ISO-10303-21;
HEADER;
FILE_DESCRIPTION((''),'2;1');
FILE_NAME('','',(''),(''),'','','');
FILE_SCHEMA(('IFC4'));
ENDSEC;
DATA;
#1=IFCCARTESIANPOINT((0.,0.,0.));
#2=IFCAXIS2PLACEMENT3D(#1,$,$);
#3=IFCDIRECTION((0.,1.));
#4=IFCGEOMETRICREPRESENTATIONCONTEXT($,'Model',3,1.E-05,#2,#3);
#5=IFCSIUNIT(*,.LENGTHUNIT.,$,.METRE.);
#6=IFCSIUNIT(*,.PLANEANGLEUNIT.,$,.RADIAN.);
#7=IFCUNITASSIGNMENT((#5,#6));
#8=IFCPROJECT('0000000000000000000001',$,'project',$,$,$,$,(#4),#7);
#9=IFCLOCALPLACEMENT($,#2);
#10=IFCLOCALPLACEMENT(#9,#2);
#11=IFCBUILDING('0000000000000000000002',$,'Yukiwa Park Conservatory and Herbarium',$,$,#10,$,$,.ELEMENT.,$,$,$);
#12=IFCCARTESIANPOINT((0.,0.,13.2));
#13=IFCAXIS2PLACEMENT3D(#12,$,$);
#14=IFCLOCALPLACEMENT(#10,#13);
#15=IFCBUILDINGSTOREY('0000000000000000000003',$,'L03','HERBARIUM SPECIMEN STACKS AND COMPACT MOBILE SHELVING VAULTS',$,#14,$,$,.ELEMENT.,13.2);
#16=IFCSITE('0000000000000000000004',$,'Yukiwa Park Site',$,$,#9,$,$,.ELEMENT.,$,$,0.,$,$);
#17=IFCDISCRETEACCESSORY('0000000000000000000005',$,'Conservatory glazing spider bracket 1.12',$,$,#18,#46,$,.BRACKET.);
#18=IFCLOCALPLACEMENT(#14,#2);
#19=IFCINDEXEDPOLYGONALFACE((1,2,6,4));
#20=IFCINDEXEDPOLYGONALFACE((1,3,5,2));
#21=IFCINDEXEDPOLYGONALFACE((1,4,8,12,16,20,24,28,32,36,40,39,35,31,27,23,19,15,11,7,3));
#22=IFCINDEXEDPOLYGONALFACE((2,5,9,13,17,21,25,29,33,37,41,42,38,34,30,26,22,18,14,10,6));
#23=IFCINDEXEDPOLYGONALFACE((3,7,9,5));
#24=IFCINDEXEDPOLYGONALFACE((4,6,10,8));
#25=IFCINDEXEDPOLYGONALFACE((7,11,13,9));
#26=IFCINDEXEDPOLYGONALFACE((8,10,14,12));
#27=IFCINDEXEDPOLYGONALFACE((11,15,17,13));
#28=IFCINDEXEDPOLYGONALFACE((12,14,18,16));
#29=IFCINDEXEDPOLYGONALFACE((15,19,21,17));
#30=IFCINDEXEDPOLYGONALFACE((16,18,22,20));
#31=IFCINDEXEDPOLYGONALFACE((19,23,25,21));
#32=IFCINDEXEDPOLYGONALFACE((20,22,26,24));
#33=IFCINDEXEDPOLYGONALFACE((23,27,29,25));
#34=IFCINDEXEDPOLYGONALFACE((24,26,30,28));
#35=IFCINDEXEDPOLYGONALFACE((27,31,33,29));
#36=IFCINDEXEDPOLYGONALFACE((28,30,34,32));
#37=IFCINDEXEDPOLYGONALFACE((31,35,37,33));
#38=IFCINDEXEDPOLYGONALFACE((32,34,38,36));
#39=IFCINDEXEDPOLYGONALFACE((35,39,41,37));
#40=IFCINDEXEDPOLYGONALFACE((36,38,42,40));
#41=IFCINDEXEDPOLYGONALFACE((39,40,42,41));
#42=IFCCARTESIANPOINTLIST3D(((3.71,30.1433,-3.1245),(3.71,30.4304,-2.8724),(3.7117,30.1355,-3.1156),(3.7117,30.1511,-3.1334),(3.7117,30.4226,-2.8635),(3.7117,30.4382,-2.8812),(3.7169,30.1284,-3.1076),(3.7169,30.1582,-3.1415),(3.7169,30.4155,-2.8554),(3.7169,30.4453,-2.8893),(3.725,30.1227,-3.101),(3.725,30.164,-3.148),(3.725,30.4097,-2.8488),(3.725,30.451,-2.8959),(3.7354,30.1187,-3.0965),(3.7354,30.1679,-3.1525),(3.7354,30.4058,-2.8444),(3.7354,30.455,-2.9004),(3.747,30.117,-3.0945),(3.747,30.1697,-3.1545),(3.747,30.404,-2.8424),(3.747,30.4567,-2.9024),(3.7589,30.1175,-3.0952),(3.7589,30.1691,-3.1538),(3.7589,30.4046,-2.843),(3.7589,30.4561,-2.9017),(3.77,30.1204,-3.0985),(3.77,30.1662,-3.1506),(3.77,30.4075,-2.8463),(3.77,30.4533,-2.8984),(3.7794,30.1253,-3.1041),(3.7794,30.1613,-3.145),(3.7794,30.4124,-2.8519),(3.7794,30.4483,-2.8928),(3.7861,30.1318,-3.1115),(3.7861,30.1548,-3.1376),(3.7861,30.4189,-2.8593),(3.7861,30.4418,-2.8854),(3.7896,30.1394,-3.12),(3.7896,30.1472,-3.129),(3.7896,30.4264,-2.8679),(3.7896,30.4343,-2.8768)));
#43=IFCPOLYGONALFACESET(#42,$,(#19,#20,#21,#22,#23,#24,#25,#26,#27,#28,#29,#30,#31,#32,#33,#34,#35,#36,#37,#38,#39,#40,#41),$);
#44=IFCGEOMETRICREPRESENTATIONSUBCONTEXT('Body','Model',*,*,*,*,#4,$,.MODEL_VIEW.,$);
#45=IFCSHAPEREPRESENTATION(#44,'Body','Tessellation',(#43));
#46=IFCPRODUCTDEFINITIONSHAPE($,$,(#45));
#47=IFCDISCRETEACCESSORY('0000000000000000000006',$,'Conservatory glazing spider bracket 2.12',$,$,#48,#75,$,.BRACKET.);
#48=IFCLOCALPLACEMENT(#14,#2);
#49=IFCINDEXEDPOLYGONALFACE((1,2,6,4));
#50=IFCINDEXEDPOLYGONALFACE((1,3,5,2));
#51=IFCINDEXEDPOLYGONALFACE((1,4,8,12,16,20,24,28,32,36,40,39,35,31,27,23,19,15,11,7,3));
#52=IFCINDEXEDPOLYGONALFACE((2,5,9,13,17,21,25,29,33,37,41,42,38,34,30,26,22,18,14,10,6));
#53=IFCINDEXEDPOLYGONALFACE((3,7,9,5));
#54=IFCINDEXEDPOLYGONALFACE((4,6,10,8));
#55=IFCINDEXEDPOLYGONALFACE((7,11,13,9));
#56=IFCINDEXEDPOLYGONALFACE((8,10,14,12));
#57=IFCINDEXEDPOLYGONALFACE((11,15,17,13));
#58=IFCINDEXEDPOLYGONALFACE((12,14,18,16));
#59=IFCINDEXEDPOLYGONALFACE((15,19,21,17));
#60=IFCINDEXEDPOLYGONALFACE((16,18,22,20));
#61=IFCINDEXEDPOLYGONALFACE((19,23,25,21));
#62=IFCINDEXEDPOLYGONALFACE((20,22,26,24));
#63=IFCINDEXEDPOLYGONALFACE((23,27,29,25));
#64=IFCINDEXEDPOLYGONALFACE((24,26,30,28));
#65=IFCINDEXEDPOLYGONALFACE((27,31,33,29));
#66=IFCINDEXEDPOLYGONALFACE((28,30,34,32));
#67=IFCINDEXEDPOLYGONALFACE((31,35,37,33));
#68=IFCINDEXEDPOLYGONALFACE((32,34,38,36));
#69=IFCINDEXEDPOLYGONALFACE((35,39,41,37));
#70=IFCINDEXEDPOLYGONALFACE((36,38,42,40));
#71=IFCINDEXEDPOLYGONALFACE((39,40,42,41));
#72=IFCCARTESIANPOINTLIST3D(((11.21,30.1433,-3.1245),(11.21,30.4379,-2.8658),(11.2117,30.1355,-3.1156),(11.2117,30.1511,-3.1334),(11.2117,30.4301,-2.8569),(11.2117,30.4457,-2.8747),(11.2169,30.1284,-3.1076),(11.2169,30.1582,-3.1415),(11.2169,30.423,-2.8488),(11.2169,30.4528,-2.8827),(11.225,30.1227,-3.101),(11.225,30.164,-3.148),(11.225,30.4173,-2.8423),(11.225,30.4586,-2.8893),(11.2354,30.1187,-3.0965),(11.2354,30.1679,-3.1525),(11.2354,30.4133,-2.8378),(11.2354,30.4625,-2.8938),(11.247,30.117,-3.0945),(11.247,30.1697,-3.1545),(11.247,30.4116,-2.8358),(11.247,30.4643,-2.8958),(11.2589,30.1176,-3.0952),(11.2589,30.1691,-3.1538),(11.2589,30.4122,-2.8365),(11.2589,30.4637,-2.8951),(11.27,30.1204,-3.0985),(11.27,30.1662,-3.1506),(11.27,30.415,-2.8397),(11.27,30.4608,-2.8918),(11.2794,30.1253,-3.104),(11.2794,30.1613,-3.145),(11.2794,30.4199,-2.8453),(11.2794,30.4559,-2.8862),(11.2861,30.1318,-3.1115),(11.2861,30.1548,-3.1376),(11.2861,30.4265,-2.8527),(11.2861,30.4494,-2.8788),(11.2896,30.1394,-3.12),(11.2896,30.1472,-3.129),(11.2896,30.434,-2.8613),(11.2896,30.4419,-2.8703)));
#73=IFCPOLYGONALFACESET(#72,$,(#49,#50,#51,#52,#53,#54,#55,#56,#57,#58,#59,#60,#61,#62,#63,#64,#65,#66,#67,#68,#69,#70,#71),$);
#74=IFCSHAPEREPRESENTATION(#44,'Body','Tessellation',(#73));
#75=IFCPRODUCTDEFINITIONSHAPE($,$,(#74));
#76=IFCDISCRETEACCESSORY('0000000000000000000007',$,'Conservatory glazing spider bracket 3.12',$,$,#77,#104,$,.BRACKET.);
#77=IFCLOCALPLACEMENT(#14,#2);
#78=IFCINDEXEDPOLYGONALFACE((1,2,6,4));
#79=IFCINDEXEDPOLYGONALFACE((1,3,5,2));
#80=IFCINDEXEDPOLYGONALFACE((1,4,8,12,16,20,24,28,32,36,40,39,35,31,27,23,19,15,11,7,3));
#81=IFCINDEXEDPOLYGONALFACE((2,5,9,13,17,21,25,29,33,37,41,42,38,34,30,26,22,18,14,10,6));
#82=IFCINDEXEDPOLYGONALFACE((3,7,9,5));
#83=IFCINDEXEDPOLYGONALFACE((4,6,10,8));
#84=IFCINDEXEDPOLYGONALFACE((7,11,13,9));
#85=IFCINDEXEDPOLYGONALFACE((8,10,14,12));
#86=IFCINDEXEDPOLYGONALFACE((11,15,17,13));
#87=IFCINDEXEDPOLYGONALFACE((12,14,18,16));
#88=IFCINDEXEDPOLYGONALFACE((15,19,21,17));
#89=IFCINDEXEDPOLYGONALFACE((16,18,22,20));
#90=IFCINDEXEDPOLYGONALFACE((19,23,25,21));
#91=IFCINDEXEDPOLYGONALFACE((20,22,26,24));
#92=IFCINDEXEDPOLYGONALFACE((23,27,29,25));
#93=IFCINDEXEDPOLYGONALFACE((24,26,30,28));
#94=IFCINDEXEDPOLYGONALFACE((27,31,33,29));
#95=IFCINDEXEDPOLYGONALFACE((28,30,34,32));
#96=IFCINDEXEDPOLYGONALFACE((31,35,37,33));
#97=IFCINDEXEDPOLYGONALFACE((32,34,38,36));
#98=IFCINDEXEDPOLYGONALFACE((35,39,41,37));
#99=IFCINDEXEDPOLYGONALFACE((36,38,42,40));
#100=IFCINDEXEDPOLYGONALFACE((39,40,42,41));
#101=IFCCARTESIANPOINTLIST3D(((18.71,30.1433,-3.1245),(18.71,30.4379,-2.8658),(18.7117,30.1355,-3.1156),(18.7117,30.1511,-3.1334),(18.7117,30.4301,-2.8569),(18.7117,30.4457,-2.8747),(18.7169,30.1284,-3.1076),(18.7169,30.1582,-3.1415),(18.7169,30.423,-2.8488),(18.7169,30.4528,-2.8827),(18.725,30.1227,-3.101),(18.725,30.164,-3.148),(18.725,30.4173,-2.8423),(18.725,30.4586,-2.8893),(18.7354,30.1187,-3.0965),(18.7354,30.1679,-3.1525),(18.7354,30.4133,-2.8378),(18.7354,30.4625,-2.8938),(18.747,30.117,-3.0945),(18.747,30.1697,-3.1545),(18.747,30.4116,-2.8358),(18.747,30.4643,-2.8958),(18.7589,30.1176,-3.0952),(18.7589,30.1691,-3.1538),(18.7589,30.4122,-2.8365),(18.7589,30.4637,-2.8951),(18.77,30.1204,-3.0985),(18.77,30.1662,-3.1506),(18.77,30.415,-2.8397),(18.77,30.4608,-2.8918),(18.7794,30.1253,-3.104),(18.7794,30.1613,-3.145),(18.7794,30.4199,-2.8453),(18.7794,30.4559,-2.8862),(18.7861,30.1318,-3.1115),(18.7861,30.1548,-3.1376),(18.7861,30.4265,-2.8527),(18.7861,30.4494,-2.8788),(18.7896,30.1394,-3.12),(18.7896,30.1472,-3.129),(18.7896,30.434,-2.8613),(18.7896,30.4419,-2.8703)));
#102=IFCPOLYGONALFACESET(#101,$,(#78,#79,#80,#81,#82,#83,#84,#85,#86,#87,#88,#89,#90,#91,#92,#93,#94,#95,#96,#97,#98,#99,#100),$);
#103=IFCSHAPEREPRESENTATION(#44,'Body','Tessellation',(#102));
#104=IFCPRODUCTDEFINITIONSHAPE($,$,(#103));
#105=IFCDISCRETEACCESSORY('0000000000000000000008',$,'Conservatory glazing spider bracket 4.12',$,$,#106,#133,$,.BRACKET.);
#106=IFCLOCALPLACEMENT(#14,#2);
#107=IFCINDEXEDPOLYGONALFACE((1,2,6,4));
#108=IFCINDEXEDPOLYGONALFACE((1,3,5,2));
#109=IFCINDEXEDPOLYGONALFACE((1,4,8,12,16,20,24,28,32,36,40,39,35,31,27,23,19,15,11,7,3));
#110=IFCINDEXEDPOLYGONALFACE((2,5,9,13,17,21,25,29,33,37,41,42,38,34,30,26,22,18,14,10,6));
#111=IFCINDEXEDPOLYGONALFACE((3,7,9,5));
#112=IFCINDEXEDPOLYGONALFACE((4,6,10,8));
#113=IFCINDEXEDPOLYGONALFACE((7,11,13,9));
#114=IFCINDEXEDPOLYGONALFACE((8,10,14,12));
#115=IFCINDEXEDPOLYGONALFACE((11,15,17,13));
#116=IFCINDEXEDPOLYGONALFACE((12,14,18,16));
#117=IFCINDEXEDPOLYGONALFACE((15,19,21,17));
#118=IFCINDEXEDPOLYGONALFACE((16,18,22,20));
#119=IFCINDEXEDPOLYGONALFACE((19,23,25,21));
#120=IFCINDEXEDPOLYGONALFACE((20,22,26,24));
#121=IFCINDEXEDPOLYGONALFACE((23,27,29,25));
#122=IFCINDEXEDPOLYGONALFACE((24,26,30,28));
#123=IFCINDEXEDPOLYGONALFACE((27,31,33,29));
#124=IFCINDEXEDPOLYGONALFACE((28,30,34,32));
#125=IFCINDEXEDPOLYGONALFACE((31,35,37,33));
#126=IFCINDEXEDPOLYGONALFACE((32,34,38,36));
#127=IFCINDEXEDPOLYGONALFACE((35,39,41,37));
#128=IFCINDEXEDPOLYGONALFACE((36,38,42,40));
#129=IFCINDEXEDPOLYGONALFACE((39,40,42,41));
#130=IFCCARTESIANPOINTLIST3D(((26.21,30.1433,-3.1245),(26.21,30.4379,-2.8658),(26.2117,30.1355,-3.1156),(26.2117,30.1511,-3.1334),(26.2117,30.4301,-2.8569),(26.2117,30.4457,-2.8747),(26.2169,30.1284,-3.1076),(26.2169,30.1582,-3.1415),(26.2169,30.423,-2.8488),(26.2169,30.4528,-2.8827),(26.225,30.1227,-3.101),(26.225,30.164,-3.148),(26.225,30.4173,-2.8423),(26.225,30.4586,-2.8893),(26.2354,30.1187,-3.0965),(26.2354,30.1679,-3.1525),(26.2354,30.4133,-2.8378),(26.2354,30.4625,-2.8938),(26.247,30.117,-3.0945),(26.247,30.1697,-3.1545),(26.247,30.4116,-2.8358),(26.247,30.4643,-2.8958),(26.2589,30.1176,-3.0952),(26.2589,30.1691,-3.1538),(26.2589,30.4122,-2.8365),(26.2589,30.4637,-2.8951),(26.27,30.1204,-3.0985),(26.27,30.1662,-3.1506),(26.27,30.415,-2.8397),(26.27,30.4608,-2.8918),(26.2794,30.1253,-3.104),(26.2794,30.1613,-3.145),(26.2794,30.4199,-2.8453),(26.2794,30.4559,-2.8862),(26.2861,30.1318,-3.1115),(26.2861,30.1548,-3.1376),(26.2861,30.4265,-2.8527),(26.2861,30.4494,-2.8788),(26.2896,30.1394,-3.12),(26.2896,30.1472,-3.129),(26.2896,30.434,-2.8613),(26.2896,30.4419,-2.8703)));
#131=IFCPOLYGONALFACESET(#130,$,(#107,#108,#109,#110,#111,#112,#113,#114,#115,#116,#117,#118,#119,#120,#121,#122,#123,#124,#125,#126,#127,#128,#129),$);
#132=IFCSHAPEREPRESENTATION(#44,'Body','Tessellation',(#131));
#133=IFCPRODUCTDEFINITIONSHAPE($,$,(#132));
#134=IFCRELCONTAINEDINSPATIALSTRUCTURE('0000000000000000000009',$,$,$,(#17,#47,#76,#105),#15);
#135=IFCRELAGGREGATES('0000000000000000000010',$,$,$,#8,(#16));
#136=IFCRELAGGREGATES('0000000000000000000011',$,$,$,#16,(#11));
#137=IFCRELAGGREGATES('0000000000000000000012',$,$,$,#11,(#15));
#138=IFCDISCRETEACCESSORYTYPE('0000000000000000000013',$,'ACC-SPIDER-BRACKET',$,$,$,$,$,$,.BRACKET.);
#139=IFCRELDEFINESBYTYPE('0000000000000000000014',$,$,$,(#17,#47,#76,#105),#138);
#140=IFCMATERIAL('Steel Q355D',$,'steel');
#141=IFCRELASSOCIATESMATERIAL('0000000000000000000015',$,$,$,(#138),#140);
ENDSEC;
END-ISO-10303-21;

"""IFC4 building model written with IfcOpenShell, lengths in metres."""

from ifc_helpers import new_model, si_unit, direction, frame, origin, origin_2d, place, context, subcontext, project, spatial, circle, extrude, material, type_object, element, save


model = new_model("IFC4")

# Units and contexts
model_context = context("Model", 3, precision=1e-05, world=origin(), true_north=direction((0.0, 1.0)))
body_context = subcontext(model_context, "Body", "Model", "MODEL_VIEW")
ifc_project = project(units=[si_unit("LENGTHUNIT", "METRE"), si_unit("PLANEANGLEUNIT", "RADIAN")], contexts=[model_context])

# Site, building, storey
site_placement = place(None, origin())
site = spatial("IfcSite", under=ifc_project, at=site_placement, Name="Yukiwa Park Site", CompositionType="ELEMENT", RefElevation=0.0)
building_placement = place(site_placement, origin())
building = spatial("IfcBuilding", under=site, at=building_placement, Name="Yukiwa Park Conservatory and Herbarium", CompositionType="ELEMENT")
storey_placement = place(building_placement, frame((0.0, 0.0, 13.2)))
storey = spatial("IfcBuildingStorey", under=building, at=storey_placement, Name="L03", Description="HERBARIUM SPECIMEN STACKS AND COMPACT MOBILE SHELVING VAULTS", CompositionType="ELEMENT", Elevation=13.2)

# Discrete accessories
ifc_material_1 = material(Name="Steel Q355D", Category="steel")
discrete_accessory_type = type_object("IfcDiscreteAccessoryType", Name="ACC-SPIDER-BRACKET", PredefinedType="BRACKET", material=ifc_material_1)
discrete_accessory_placement = place(storey_placement, frame((3.75, 30.1433, -3.1245), z_axis=(0.0, 0.751309, 0.659951), x_axis=(-1.0, 0.0, 0.0)))
element("IfcDiscreteAccessory", 1, at=discrete_accessory_placement, inside=storey, type_object=discrete_accessory_type, Name="Conservatory glazing spider bracket 1.12", PredefinedType="BRACKET", context=body_context, shape_type="SweptSolid", body=[
    extrude(circle(Radius=0.04, at=origin_2d()), origin(), (0.0, 0.0, 1.0), 0.3821),
])
for number, where, z_axis, x_axis, name in (
    (2, (11.25, 30.1433, -3.1245), (0.0, 0.75138, 0.65987), (-1.0, 0.0, 0.0), "Conservatory glazing spider bracket 2.12"),
    (3, (18.75, 30.1433, -3.1245), (0.0, 0.75138, 0.65987), (-1.0, 0.0, 0.0), "Conservatory glazing spider bracket 3.12"),
    (4, (26.25, 30.1433, -3.1245), (0.0, 0.75138, 0.65987), (-1.0, 0.0, 0.0), "Conservatory glazing spider bracket 4.12"),
):
    element("IfcDiscreteAccessory", number, at=place(storey_placement, frame(where, z_axis=z_axis, x_axis=x_axis)), inside=storey, type_object=discrete_accessory_type, Name=name, PredefinedType="BRACKET", context=body_context, shape_type="SweptSolid", body=[
        extrude(circle(Radius=0.04, at=origin_2d()), origin(), (0.0, 0.0, 1.0), 0.3921),
    ])

save(model, "model.ifc")
